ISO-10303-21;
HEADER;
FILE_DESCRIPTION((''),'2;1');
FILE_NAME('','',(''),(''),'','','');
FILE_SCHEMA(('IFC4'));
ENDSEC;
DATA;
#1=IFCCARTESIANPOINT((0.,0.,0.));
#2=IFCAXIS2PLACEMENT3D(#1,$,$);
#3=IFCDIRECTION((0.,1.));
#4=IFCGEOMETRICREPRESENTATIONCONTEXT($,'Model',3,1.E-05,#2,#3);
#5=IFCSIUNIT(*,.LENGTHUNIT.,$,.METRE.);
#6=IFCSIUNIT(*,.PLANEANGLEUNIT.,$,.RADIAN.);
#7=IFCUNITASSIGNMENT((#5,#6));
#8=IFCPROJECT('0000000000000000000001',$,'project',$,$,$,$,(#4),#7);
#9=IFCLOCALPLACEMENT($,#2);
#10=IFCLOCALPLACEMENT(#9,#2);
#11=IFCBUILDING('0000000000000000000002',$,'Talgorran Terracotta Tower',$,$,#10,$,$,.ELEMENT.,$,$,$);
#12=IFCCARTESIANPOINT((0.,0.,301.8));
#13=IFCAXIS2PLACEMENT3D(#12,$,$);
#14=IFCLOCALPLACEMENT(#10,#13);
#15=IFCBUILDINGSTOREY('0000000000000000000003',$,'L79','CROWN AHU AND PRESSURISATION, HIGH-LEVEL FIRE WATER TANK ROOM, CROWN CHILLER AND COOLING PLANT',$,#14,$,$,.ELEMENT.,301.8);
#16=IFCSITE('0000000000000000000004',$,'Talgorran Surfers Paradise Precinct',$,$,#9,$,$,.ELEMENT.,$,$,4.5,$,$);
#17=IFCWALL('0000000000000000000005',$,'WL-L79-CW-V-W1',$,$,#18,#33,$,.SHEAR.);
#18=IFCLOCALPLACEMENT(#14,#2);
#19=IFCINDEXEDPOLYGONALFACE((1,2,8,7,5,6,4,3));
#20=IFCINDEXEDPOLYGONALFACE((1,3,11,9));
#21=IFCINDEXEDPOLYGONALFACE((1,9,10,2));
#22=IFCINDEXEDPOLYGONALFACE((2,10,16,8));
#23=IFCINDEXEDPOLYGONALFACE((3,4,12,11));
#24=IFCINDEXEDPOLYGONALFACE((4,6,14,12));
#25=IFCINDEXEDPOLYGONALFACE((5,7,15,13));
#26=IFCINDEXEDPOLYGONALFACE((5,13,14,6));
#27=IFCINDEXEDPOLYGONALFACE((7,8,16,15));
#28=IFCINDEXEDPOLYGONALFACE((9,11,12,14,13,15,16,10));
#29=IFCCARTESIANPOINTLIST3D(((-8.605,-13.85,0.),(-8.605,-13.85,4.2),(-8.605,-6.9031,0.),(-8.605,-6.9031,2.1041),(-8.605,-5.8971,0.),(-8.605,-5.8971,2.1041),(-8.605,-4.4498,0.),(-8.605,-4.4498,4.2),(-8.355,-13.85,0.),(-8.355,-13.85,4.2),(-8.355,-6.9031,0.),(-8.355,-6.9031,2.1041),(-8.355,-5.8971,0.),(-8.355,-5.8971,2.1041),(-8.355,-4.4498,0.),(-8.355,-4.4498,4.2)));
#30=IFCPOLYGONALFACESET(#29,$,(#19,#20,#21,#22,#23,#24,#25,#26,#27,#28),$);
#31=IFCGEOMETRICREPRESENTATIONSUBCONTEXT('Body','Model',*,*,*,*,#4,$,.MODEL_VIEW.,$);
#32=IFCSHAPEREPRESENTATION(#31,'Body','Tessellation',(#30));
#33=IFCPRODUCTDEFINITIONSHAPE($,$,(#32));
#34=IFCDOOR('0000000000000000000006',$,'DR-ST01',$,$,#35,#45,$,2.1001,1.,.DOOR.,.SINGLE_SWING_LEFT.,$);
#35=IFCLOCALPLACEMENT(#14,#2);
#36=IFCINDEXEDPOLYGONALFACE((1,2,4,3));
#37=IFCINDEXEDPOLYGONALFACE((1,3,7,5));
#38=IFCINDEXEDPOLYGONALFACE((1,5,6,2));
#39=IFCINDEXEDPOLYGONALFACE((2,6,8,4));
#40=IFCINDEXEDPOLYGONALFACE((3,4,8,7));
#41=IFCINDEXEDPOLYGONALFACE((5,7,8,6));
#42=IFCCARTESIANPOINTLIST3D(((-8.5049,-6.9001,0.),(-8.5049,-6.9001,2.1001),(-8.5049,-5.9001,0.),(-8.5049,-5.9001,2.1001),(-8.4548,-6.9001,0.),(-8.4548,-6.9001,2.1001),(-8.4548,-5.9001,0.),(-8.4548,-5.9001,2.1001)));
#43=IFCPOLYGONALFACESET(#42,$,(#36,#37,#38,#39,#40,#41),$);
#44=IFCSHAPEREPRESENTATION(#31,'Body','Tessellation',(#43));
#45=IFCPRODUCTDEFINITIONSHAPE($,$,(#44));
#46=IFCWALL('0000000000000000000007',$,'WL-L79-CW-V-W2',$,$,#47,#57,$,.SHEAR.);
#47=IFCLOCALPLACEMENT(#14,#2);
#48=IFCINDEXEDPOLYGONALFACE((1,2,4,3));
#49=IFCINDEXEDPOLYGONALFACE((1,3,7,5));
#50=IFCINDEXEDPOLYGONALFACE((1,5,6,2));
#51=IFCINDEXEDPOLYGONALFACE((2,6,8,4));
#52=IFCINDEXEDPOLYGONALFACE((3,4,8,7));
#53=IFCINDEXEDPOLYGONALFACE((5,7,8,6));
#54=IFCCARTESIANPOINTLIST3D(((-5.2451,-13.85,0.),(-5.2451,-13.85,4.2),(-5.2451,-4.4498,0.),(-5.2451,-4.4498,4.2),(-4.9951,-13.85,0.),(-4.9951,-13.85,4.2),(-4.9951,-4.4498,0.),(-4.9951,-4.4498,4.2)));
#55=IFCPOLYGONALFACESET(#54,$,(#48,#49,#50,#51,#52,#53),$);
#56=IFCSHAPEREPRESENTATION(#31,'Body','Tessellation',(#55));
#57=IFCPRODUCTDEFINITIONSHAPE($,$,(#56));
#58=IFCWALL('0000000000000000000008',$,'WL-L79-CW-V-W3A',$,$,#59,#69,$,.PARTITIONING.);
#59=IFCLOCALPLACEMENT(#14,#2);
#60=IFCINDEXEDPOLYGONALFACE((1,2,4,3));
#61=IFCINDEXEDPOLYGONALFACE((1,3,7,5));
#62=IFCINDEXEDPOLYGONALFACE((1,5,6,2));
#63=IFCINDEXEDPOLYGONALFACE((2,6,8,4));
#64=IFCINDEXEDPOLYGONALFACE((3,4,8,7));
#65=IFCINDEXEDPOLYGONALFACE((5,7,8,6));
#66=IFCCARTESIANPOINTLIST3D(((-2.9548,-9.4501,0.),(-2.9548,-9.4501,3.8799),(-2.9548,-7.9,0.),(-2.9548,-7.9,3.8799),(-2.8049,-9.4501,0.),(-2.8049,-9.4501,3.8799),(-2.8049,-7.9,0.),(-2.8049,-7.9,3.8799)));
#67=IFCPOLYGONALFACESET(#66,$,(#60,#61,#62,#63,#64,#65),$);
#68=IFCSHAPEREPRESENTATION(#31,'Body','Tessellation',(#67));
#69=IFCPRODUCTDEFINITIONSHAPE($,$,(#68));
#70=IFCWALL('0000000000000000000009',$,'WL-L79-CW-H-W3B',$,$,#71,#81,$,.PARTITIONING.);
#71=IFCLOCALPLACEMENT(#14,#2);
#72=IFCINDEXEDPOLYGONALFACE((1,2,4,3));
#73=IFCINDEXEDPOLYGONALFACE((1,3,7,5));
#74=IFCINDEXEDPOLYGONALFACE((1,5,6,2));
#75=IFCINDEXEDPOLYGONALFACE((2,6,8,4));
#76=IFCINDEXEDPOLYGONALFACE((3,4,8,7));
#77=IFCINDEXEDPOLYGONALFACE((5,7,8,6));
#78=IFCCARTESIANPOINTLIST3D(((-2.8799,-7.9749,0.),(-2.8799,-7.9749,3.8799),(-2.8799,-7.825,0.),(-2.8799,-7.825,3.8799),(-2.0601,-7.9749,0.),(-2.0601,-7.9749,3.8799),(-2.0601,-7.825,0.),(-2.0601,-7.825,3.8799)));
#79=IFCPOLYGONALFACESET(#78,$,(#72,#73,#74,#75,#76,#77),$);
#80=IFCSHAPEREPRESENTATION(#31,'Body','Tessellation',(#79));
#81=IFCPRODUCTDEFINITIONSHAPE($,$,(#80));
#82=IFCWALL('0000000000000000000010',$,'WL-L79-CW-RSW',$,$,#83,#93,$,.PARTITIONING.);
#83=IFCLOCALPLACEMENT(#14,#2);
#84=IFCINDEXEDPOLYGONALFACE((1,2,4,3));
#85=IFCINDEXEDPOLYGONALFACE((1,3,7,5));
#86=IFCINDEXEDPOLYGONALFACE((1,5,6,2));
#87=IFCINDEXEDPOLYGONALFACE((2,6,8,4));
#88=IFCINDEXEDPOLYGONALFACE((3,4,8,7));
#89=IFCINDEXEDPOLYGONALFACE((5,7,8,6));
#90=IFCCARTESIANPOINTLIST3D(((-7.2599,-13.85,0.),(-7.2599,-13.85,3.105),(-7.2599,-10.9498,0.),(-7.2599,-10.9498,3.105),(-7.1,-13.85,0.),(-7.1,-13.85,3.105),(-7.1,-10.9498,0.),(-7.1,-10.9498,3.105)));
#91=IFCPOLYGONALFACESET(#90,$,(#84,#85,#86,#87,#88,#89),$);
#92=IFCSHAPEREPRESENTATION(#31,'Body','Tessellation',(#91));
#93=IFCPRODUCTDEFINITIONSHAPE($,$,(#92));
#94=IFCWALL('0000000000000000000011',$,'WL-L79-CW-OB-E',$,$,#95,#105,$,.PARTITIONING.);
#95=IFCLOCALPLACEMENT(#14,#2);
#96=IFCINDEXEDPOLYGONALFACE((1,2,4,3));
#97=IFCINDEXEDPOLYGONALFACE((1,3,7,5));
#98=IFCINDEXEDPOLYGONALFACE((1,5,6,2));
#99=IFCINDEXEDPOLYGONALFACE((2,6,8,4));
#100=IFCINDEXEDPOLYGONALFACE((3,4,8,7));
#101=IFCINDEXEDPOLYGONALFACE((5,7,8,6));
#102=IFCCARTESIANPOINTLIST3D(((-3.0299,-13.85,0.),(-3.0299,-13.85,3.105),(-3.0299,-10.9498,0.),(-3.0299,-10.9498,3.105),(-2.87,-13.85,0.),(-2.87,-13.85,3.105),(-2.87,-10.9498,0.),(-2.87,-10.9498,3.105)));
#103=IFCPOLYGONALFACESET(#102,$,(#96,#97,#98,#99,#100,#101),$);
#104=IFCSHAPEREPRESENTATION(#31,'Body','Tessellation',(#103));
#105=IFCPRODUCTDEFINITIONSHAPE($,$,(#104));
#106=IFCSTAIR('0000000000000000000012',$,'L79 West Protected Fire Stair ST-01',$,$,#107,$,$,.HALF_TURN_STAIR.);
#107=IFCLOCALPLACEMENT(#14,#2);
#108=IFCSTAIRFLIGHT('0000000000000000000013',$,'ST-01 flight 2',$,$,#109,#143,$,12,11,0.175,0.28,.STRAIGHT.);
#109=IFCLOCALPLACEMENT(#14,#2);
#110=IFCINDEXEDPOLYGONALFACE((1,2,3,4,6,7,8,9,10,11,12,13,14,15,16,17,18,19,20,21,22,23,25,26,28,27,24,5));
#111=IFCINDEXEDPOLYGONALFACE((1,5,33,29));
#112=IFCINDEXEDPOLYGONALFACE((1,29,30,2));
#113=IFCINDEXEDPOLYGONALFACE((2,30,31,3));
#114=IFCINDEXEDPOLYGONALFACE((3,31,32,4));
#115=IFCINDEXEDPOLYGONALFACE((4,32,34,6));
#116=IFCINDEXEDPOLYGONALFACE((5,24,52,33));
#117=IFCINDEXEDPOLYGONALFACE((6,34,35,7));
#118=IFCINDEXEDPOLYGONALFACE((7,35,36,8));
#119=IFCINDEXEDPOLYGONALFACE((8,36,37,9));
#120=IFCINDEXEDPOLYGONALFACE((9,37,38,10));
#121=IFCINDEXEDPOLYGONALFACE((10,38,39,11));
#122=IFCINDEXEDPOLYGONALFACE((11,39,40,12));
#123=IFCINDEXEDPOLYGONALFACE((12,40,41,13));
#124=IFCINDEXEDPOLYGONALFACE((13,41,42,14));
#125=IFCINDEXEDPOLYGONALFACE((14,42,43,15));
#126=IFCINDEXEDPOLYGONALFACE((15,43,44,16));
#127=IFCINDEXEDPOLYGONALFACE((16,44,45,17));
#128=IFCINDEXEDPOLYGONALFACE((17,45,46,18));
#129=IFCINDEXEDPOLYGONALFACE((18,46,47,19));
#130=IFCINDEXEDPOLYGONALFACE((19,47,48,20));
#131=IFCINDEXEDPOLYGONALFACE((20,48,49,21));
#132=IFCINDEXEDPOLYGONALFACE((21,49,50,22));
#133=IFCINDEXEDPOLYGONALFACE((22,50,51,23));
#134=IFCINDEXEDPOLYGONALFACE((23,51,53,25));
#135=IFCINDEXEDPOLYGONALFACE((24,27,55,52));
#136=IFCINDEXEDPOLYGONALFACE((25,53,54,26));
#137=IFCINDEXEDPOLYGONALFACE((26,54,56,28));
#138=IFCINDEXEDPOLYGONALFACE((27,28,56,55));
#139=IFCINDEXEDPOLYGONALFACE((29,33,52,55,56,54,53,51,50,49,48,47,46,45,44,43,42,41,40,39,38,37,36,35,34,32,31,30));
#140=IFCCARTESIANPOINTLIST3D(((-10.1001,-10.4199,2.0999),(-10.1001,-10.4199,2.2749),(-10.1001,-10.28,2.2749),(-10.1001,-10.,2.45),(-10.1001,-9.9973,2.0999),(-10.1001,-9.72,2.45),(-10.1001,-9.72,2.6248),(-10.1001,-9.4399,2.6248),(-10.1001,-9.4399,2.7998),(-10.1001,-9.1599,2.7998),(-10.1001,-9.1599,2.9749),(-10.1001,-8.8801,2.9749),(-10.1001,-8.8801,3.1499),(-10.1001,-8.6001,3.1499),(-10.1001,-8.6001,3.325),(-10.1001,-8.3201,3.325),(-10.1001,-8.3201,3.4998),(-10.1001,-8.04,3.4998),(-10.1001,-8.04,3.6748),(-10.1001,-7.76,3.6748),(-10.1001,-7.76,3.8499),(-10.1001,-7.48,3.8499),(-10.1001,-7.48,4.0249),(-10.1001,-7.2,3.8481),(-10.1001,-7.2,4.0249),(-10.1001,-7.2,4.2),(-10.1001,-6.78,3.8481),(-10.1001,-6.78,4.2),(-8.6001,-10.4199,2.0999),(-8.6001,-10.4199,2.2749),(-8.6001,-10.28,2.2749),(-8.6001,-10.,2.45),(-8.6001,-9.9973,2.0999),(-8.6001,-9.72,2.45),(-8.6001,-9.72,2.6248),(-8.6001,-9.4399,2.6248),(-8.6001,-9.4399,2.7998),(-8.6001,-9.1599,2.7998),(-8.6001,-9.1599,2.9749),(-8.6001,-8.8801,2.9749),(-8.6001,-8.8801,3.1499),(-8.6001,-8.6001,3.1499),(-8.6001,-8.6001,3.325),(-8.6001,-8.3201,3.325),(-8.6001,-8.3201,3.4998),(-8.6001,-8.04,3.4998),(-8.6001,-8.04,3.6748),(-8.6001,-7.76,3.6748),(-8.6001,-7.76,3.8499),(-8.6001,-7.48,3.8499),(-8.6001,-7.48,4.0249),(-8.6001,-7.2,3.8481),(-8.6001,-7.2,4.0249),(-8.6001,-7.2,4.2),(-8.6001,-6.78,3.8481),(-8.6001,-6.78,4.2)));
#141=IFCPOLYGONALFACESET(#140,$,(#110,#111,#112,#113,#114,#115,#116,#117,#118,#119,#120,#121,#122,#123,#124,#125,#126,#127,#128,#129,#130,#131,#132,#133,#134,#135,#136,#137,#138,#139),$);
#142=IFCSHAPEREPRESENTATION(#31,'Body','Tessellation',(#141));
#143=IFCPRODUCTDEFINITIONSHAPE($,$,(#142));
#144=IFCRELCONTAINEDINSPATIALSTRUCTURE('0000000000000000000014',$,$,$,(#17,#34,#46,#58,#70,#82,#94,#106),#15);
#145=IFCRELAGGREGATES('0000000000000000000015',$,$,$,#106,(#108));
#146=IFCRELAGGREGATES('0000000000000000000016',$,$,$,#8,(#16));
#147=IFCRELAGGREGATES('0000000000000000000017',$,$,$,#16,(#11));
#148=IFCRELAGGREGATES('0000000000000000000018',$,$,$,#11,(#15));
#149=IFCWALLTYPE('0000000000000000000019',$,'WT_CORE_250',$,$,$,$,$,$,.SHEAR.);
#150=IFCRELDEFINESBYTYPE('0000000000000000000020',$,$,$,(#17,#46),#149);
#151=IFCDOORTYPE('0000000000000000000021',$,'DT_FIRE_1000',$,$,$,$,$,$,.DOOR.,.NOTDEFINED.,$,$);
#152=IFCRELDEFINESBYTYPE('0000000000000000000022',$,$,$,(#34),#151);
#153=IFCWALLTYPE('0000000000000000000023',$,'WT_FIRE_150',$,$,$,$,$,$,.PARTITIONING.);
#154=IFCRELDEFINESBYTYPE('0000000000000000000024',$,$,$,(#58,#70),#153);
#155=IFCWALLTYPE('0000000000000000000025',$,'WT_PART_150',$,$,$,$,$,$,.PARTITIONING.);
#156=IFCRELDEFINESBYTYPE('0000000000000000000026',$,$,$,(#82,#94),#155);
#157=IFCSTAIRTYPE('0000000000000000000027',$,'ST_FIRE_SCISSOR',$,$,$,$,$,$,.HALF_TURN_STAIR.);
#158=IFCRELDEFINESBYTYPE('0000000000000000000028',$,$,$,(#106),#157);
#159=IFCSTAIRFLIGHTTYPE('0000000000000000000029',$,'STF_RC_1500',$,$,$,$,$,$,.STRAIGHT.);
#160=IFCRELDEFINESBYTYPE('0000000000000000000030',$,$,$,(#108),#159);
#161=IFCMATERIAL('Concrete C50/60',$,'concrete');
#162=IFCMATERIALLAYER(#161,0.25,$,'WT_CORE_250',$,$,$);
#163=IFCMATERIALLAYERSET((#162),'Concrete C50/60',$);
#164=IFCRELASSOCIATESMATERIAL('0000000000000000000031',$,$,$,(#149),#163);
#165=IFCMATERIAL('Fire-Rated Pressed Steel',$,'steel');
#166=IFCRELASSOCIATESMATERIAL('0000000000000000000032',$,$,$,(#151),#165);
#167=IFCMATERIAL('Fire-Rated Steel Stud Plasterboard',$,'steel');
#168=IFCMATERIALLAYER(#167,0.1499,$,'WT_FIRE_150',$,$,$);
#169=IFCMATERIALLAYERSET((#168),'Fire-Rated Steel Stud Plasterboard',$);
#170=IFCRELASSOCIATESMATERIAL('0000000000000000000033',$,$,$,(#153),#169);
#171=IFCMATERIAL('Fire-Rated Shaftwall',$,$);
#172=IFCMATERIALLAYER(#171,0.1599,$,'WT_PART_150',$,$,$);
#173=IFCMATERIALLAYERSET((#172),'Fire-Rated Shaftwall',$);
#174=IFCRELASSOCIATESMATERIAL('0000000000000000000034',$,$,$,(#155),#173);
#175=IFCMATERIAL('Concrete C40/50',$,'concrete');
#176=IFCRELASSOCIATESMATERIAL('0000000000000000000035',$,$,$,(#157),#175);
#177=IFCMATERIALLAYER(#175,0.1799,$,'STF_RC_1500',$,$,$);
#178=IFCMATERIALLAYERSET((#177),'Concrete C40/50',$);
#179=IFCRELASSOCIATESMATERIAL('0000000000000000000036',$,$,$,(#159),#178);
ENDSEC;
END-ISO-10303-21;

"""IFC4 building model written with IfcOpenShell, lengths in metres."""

from ifc_helpers import new_model, si_unit, direction, frame, frame_2d, origin, place, context, subcontext, project, spatial, polyline, rectangle, outline, extrude, material, layer, layer_set, type_object, element, fill, aggregate, save


model = new_model("IFC4")

# Units and contexts
model_context = context("Model", 3, precision=1e-05, world=origin(), true_north=direction((0.0, 1.0)))
body_context = subcontext(model_context, "Body", "Model", "MODEL_VIEW")
ifc_project = project(units=[si_unit("LENGTHUNIT", "METRE"), si_unit("PLANEANGLEUNIT", "RADIAN")], contexts=[model_context])

# Site, building, storey
site_placement = place(None, origin())
site = spatial("IfcSite", under=ifc_project, at=site_placement, Name="Talgorran Surfers Paradise Precinct", CompositionType="ELEMENT", RefElevation=4.5)
building_placement = place(site_placement, origin())
building = spatial("IfcBuilding", under=site, at=building_placement, Name="Talgorran Terracotta Tower", CompositionType="ELEMENT")
storey_placement = place(building_placement, frame((0.0, 0.0, 301.8)))
storey = spatial("IfcBuildingStorey", under=building, at=storey_placement, Name="L79", Description="CROWN AHU AND PRESSURISATION, HIGH-LEVEL FIRE WATER TANK ROOM, CROWN CHILLER AND COOLING PLANT", CompositionType="ELEMENT", Elevation=301.8)

# Shared definitions
ifc_material_1 = material(Name="Concrete C50/60", Category="concrete")

# Shared definitions
ifc_material_2 = material(Name="Fire-Rated Pressed Steel", Category="steel")

# Wall, opening, door
ifc_layer_1 = layer(ifc_material_1, 0.25, Name="WT_CORE_250")
ifc_layer_set_1 = layer_set([ifc_layer_1], Name="Concrete C50/60")
wall_type_1 = type_object("IfcWallType", Name="WT_CORE_250", PredefinedType="SHEAR", material=ifc_layer_set_1)
wall_1_placement = place(storey_placement, frame((-8.48, -13.8501, 0.0), z_axis=(0.0, 0.0, 1.0), x_axis=(0.0, 1.0, 0.0)))
wall_1 = element("IfcWall", 1, at=wall_1_placement, inside=storey, type_object=wall_type_1, Name="WL-L79-CW-V-W1", PredefinedType="SHEAR", context=body_context, shape_type="SweptSolid", body=[
    extrude(rectangle(XDim=9.4001, YDim=0.25, at=frame_2d((4.7002, 0.0))), origin(), (0.0, 0.0, 1.0), 4.2),
])
opening_1_placement = place(wall_1_placement, frame((6.95, 0.0, 0.0)))
opening_1 = element("IfcOpeningElement", 2, at=opening_1_placement, cuts=wall_1, PredefinedType="OPENING", context=body_context, shape_type="SweptSolid", body=[
    extrude(rectangle(XDim=1.006, YDim=2.1041, at=frame_2d((0.5, 1.052))), frame((0.0, 0.135, 0.0), z_axis=(0.0, -1.0, 0.0), x_axis=(1.0, 0.0, 0.0)), (0.0, 0.0, 1.0), 0.27),
])
door_type_1 = type_object("IfcDoorType", Name="DT_FIRE_1000", OperationType="NOTDEFINED", PredefinedType="DOOR", material=ifc_material_2)
door_1_placement = place(opening_1_placement, origin())
door_1 = element("IfcDoor", 3, at=door_1_placement, inside=storey, type_object=door_type_1, Name="DR-ST01", OperationType="SINGLE_SWING_LEFT", OverallHeight=2.1001, OverallWidth=1.0, PredefinedType="DOOR", context=body_context, shape_type="SweptSolid", body=[
    extrude(rectangle(XDim=1.0, YDim=2.1001, at=frame_2d((0.5, 1.05))), frame((0.0, 0.0249, 0.0), z_axis=(0.0, -1.0, 0.0), x_axis=(1.0, 0.0, 0.0)), (0.0, 0.0, 1.0), 0.05),
])
fill(opening_1, door_1)

# Walls
wall_2_placement = place(storey_placement, frame((-5.1201, -13.8501, 0.0), z_axis=(0.0, 0.0, 1.0), x_axis=(0.0, 1.0, 0.0)))
element("IfcWall", 4, at=wall_2_placement, inside=storey, type_object=wall_type_1, Name="WL-L79-CW-V-W2", PredefinedType="SHEAR", context=body_context, shape_type="SweptSolid", body=[
    extrude(rectangle(XDim=9.4001, YDim=0.25, at=frame_2d((4.7002, 0.0))), origin(), (0.0, 0.0, 1.0), 4.2),
])
ifc_material_3 = material(Name="Fire-Rated Steel Stud Plasterboard", Category="steel")
ifc_layer_2 = layer(ifc_material_3, 0.1499, Name="WT_FIRE_150")
ifc_layer_set_2 = layer_set([ifc_layer_2], Name="Fire-Rated Steel Stud Plasterboard")
wall_type_2 = type_object("IfcWallType", Name="WT_FIRE_150", PredefinedType="PARTITIONING", material=ifc_layer_set_2)
wall_3_placement = place(storey_placement, frame((-2.8799, -9.45, 0.0), z_axis=(0.0, 0.0, 1.0), x_axis=(0.0, 1.0, 0.0)))
element("IfcWall", 5, at=wall_3_placement, inside=storey, type_object=wall_type_2, Name="WL-L79-CW-V-W3A", PredefinedType="PARTITIONING", context=body_context, shape_type="SweptSolid", body=[
    extrude(rectangle(XDim=1.55, YDim=0.1499, at=frame_2d((0.7749, 0.0))), origin(), (0.0, 0.0, 1.0), 3.8799),
])
wall_4_placement = place(storey_placement, frame((-2.8799, -7.8999, 0.0), z_axis=(0.0, 0.0, 1.0), x_axis=(1.0, 0.0, 0.0)))
element("IfcWall", 6, at=wall_4_placement, inside=storey, type_object=wall_type_2, Name="WL-L79-CW-H-W3B", PredefinedType="PARTITIONING", context=body_context, shape_type="SweptSolid", body=[
    extrude(rectangle(XDim=0.8198, YDim=0.1499, at=frame_2d((0.4099, 0.0))), origin(), (0.0, 0.0, 1.0), 3.8799),
])
ifc_material_4 = material(Name="Fire-Rated Shaftwall")
ifc_layer_3 = layer(ifc_material_4, 0.1599, Name="WT_PART_150")
ifc_layer_set_3 = layer_set([ifc_layer_3], Name="Fire-Rated Shaftwall")
wall_type_3 = type_object("IfcWallType", Name="WT_PART_150", PredefinedType="PARTITIONING", material=ifc_layer_set_3)
for number, where, z_axis, x_axis, name in (
    (7, (-7.1799, -13.8501, 0.0), (0.0, 0.0, 1.0), (0.0, 1.0, 0.0), "WL-L79-CW-RSW"),
    (8, (-2.95, -13.8501, 0.0), (0.0, 0.0, 1.0), (0.0, 1.0, 0.0), "WL-L79-CW-OB-E"),
):
    element("IfcWall", number, at=place(storey_placement, frame(where, z_axis=z_axis, x_axis=x_axis)), inside=storey, type_object=wall_type_3, Name=name, PredefinedType="PARTITIONING", context=body_context, shape_type="SweptSolid", body=[
        extrude(rectangle(XDim=2.9001, YDim=0.1599, at=frame_2d((1.4502, 0.0))), origin(), (0.0, 0.0, 1.0), 3.105),
    ])

# Stair, stair flight
ifc_material_5 = material(Name="Concrete C40/50", Category="concrete")
stair_type = type_object("IfcStairType", Name="ST_FIRE_SCISSOR", PredefinedType="HALF_TURN_STAIR", material=ifc_material_5)
stair_placement = place(storey_placement, origin())
stair = element("IfcStair", 9, at=stair_placement, inside=storey, type_object=stair_type, Name="L79 West Protected Fire Stair ST-01", PredefinedType="HALF_TURN_STAIR")
ifc_layer_4 = layer(ifc_material_5, 0.1799, Name="STF_RC_1500")
ifc_layer_set_4 = layer_set([ifc_layer_4], Name="Concrete C40/50")
stair_flight_type = type_object("IfcStairFlightType", Name="STF_RC_1500", PredefinedType="STRAIGHT", material=ifc_layer_set_4)
stair_flight_placement = place(storey_placement, frame((-9.3501, -10.28, 2.0999), z_axis=(0.0, 0.0, 1.0), x_axis=(0.0, 1.0, 0.0)))
stair_flight = element("IfcStairFlight", 10, at=stair_flight_placement, type_object=stair_flight_type, Name="ST-01 flight 2", NumberOfRisers=12, NumberOfTreads=11, PredefinedType="STRAIGHT", RiserHeight=0.175, TreadLength=0.28, context=body_context, shape_type="SweptSolid", body=[
    extrude(outline(polyline([(-0.1399, 0.0), (-0.1399, 0.175), (0.0, 0.175), (0.28, 0.3501), (0.5601, 0.3501), (0.5601, 0.5249), (0.8401, 0.5249), (0.8401, 0.7), (1.1201, 0.7), (1.1201, 0.875), (1.3999, 0.875), (1.3999, 1.05), (1.6799, 1.05), (1.6799, 1.2251), (1.96, 1.2251), (1.96, 1.3999), (2.24, 1.3999), (2.24, 1.575), (2.52, 1.575), (2.52, 1.75), (2.8, 1.75), (2.8, 1.925), (3.0801, 1.925), (3.0801, 2.1001), (3.5, 2.1001), (3.5, 1.7483), (3.0801, 1.7483), (0.2827, 0.0), (-0.1399, 0.0)])), frame((0.0, 0.75, 0.0), z_axis=(0.0, -1.0, 0.0), x_axis=(1.0, 0.0, 0.0)), (0.0, 0.0, 1.0), 1.5),
])
aggregate(stair, [stair_flight])

save(model, "model.ifc")
